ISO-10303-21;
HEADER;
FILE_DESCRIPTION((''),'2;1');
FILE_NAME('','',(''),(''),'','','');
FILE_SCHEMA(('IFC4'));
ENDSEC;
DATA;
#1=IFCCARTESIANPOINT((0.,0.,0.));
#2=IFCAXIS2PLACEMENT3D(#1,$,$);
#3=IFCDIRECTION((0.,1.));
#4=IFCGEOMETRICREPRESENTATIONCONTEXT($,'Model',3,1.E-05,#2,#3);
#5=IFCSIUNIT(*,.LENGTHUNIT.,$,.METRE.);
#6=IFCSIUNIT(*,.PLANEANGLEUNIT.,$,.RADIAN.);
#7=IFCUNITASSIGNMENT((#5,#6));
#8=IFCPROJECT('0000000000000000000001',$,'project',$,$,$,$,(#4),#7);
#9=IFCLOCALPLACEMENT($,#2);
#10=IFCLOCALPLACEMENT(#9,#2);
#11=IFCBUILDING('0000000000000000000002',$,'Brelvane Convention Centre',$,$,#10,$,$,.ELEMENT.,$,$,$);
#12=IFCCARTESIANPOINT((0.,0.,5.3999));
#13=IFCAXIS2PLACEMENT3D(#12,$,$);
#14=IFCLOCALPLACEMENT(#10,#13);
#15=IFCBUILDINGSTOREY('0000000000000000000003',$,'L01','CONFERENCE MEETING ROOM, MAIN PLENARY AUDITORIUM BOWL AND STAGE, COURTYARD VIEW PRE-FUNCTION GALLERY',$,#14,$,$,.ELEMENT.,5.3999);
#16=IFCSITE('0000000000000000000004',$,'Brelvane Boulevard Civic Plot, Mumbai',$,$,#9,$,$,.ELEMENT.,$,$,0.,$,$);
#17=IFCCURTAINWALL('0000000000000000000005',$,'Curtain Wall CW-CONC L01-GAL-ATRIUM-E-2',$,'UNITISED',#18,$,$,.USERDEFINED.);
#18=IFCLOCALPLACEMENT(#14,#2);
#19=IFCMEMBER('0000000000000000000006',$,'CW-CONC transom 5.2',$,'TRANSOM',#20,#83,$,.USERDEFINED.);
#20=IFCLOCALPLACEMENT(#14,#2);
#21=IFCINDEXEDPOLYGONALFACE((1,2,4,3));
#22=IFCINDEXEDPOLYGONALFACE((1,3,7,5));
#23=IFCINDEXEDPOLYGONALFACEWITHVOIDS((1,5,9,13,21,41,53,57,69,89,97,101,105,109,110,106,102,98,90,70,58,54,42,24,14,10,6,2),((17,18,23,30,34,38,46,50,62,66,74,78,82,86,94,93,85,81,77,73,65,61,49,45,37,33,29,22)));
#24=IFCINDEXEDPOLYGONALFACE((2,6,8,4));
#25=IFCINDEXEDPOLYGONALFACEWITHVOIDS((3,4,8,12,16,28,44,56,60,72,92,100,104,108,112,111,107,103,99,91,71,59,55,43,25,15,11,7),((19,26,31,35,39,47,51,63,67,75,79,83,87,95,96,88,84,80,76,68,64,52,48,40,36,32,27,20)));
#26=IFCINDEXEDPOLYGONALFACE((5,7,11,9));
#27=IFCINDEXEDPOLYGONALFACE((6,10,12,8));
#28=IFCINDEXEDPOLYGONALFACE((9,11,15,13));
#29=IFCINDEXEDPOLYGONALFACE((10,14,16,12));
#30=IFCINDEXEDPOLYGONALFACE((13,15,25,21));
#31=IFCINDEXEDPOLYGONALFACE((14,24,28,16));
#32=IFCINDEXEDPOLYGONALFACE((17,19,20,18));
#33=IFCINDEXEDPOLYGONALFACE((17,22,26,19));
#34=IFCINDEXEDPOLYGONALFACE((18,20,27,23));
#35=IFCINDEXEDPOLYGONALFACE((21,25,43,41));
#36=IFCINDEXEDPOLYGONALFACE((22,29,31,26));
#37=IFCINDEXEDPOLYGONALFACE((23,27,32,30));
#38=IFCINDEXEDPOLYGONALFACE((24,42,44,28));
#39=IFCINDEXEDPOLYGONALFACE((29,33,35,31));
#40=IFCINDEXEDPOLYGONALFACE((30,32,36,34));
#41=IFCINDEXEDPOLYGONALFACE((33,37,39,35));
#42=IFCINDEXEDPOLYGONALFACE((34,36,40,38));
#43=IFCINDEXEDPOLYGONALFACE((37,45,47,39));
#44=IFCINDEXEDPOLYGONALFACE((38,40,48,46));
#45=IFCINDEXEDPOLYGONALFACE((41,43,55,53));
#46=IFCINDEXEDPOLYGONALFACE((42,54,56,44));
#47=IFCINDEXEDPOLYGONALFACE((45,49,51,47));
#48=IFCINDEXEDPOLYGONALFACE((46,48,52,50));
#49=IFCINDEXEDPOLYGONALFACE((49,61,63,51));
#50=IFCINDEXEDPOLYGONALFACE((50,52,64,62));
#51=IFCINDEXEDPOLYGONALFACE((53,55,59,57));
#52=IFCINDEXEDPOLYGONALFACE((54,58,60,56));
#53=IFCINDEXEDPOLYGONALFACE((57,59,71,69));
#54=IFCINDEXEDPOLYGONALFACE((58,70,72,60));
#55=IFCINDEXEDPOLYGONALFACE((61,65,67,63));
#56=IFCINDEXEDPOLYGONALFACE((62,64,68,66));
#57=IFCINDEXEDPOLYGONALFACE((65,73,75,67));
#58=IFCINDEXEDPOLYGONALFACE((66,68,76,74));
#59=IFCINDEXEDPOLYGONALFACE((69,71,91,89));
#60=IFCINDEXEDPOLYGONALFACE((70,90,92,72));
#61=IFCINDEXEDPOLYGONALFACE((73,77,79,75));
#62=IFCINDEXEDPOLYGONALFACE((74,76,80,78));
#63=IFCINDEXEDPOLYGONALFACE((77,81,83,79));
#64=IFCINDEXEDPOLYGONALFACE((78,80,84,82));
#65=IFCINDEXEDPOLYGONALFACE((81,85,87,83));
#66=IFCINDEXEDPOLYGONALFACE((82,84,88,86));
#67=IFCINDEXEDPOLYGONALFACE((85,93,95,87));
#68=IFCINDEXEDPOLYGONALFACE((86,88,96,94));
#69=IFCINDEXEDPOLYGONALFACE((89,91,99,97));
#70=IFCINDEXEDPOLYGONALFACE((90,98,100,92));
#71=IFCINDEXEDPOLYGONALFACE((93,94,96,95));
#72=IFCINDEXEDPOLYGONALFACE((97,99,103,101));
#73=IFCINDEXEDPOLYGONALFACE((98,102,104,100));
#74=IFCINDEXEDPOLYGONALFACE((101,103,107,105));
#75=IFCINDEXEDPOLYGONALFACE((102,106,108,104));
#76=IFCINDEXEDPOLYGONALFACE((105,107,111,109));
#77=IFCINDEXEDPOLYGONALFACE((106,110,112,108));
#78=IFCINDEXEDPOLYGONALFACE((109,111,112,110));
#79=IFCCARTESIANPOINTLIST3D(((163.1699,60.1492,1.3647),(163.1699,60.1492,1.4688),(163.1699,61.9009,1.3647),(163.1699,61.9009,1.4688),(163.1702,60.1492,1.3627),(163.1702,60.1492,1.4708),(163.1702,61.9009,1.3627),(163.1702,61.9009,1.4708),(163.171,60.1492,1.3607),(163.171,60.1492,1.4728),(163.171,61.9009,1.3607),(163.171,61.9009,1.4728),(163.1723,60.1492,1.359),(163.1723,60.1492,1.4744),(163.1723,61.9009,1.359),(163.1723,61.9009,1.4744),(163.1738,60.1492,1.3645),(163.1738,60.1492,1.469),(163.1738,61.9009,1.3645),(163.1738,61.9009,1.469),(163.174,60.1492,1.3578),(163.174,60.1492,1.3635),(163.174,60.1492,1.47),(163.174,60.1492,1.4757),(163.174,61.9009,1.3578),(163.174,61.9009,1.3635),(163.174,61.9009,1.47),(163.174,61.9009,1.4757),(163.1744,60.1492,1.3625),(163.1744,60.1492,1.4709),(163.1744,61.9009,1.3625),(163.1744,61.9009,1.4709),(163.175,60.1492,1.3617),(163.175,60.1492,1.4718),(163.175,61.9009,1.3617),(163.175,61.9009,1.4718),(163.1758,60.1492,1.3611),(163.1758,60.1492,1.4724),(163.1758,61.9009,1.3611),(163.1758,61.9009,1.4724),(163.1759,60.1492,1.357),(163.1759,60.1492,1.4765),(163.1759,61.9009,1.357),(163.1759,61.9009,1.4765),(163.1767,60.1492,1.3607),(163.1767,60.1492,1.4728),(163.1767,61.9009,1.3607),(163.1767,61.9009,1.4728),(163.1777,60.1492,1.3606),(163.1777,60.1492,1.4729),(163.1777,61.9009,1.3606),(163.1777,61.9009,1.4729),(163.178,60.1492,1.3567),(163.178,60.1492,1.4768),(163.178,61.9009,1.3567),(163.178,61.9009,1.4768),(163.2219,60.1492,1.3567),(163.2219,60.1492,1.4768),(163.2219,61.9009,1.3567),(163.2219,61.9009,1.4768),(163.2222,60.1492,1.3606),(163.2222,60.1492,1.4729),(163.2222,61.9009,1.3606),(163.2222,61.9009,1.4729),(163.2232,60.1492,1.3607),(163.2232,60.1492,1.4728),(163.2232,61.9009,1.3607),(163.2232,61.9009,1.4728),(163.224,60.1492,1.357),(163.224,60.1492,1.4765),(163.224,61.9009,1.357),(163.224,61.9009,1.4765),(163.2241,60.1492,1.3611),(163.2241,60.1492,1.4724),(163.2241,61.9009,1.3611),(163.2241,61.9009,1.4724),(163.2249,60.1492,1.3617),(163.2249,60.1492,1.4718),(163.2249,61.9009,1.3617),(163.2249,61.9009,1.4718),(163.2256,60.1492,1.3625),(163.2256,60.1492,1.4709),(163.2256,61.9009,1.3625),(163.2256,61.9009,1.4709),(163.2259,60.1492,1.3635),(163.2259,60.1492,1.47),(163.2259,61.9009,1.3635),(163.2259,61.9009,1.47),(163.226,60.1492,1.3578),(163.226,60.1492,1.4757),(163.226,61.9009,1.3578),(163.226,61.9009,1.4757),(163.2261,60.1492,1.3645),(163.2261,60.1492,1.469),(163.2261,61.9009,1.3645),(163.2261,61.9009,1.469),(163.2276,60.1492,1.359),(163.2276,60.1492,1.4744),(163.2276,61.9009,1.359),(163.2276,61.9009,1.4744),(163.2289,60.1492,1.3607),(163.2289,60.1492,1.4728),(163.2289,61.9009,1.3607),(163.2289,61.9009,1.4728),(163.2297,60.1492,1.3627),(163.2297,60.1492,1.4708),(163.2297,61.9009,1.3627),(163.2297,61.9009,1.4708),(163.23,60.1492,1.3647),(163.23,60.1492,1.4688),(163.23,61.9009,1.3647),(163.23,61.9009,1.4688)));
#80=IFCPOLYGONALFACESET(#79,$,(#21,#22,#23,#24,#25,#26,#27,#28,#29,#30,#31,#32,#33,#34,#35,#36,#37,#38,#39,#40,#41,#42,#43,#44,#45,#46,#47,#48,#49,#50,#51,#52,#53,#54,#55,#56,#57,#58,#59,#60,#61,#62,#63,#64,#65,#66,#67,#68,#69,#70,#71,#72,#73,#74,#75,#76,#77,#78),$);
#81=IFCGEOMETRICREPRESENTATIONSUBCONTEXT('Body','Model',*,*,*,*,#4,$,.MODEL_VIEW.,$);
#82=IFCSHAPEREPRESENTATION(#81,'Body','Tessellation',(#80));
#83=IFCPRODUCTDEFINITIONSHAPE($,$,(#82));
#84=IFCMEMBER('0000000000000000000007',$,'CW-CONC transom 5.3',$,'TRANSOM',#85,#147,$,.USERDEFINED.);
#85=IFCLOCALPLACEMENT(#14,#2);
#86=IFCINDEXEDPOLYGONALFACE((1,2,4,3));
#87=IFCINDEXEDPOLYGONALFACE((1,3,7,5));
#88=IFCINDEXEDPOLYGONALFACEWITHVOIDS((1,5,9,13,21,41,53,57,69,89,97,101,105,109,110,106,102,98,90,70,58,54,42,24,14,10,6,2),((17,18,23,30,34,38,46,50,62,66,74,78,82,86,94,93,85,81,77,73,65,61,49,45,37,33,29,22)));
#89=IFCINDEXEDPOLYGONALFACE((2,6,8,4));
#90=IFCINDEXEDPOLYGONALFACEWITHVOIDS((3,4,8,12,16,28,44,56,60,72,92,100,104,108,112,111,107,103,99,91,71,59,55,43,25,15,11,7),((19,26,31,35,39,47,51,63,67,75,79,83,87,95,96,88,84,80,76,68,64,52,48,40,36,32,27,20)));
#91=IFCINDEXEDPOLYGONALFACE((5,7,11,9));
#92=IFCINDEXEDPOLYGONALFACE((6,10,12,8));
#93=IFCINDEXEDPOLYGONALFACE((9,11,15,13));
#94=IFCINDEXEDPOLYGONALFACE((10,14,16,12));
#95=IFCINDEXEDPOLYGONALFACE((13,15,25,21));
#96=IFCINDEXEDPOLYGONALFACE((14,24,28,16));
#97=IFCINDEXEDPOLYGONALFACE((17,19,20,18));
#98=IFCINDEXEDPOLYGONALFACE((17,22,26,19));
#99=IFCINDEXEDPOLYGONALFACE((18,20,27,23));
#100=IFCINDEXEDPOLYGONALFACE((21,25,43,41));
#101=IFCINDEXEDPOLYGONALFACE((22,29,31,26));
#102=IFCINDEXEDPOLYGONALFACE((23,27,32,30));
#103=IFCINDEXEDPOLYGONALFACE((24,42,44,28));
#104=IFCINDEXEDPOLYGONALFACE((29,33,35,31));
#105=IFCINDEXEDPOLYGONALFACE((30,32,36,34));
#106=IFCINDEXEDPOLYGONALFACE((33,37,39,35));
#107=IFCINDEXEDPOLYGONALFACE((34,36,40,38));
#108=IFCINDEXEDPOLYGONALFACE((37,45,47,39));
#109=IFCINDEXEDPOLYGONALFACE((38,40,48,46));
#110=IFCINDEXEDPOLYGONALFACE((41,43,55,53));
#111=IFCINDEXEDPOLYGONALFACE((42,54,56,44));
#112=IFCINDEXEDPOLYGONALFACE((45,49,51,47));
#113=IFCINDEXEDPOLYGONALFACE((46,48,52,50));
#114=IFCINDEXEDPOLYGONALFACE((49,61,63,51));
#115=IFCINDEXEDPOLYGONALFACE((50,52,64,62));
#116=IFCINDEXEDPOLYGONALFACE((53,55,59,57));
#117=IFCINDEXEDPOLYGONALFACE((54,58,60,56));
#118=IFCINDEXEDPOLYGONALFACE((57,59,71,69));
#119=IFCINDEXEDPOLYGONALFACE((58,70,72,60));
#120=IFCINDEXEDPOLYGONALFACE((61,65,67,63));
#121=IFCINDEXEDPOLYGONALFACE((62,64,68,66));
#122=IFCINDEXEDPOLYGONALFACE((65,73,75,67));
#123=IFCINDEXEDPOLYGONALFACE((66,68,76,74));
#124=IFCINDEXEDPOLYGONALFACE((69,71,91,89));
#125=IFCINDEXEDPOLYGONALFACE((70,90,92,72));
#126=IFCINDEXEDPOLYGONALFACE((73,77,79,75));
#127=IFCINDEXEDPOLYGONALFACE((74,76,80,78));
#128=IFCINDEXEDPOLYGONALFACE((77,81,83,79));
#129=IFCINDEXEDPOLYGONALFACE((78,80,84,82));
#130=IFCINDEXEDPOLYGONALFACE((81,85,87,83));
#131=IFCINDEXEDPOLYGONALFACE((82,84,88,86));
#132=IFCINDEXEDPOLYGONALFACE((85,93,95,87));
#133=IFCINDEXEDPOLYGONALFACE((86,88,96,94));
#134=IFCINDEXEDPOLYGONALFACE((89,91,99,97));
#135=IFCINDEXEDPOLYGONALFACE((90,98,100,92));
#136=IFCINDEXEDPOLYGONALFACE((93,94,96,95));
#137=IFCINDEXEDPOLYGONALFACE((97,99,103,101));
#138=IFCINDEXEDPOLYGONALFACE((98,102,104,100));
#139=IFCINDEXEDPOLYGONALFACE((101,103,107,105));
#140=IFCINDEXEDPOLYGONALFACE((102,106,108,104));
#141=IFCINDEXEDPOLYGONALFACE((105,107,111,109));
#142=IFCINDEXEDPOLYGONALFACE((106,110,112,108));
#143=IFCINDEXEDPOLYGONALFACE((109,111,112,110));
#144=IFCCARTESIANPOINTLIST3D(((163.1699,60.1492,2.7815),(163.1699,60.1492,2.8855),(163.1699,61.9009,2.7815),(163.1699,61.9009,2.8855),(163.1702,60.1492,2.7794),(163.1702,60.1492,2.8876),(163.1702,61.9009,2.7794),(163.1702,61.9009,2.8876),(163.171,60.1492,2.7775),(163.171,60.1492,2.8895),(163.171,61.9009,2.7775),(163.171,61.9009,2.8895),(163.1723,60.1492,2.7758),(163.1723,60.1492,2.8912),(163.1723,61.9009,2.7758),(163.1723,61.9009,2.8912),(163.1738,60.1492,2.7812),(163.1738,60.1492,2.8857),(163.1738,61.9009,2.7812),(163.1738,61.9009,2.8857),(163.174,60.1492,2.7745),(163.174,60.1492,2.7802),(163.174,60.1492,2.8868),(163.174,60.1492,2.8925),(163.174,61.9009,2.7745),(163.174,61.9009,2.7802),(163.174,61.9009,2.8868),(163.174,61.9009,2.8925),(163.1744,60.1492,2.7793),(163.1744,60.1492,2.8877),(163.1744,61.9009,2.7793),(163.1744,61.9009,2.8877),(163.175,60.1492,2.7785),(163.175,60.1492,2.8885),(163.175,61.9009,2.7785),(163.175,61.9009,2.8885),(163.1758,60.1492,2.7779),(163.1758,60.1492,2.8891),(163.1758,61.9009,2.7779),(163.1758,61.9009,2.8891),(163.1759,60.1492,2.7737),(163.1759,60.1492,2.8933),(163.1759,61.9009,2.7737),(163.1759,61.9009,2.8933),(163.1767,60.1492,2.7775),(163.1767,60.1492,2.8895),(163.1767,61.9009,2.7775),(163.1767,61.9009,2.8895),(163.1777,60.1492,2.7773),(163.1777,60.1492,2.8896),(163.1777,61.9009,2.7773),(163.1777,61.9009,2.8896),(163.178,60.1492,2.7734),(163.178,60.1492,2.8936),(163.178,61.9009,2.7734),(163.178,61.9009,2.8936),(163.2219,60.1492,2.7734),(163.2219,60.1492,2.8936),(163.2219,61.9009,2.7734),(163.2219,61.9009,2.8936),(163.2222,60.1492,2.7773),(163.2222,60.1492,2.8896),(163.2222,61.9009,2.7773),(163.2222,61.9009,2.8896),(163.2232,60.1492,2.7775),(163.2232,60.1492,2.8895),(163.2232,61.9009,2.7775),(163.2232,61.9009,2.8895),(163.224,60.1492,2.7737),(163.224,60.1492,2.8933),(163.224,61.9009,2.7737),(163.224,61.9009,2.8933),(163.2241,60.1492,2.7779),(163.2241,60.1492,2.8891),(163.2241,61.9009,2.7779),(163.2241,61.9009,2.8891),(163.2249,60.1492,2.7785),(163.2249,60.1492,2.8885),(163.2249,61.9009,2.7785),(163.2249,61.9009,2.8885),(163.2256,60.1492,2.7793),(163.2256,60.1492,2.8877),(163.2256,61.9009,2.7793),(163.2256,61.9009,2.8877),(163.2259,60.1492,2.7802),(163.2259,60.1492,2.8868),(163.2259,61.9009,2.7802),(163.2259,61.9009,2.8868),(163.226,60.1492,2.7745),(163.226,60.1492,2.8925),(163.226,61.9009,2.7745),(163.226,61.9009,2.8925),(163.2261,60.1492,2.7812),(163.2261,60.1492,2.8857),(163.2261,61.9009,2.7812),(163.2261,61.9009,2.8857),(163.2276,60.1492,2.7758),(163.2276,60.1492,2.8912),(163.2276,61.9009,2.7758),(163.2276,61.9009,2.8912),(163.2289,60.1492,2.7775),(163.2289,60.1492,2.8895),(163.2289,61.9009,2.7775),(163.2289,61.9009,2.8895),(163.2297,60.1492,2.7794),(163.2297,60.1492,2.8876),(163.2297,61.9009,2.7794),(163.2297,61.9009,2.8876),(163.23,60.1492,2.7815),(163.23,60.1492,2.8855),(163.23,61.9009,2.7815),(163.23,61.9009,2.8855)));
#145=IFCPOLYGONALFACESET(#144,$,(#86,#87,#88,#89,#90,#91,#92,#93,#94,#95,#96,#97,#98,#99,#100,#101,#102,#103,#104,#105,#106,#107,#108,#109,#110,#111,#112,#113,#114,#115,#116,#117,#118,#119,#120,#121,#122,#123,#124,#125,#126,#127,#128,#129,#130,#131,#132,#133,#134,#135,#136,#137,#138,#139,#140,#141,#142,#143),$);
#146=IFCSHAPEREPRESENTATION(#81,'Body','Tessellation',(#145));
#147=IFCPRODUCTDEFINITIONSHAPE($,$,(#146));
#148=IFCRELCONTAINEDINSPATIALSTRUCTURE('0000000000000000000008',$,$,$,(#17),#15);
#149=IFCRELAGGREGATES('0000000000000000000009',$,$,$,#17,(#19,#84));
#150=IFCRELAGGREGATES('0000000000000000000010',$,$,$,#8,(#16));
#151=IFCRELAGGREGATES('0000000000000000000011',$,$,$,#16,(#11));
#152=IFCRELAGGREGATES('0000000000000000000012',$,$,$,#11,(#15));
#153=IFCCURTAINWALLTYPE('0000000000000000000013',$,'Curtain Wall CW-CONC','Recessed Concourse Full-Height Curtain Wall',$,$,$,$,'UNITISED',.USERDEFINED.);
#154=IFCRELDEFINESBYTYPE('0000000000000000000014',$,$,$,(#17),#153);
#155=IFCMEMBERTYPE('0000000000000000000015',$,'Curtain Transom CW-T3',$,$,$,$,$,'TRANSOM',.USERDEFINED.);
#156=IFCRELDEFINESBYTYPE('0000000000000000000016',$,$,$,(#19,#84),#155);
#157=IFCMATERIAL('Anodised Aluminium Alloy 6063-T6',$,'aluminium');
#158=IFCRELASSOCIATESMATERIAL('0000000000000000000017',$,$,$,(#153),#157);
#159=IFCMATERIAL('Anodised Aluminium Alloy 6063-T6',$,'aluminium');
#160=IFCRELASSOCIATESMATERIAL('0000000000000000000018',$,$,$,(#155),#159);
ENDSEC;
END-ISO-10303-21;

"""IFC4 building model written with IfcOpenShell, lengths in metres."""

from ifc_helpers import new_model, si_unit, direction, frame, origin, origin_2d, place, context, subcontext, project, spatial, hollow_rectangle, extrude, material, material_profile, profile_set, type_object, element, aggregate, save


model = new_model("IFC4")

# Units and contexts
model_context = context("Model", 3, precision=1e-05, world=origin(), true_north=direction((0.0, 1.0)))
body_context = subcontext(model_context, "Body", "Model", "MODEL_VIEW")
ifc_project = project(units=[si_unit("LENGTHUNIT", "METRE"), si_unit("PLANEANGLEUNIT", "RADIAN")], contexts=[model_context])

# Site, building, storey
site_placement = place(None, origin())
site = spatial("IfcSite", under=ifc_project, at=site_placement, Name="Brelvane Boulevard Civic Plot, Mumbai", CompositionType="ELEMENT", RefElevation=0.0)
building_placement = place(site_placement, origin())
building = spatial("IfcBuilding", under=site, at=building_placement, Name="Brelvane Convention Centre", CompositionType="ELEMENT")
storey_placement = place(building_placement, frame((0.0, 0.0, 5.3999)))
storey = spatial("IfcBuildingStorey", under=building, at=storey_placement, Name="L01", Description="CONFERENCE MEETING ROOM, MAIN PLENARY AUDITORIUM BOWL AND STAGE, COURTYARD VIEW PRE-FUNCTION GALLERY", CompositionType="ELEMENT", Elevation=5.3999)

# Curtain wall
ifc_material_1 = material(Name="Anodised Aluminium Alloy 6063-T6", Category="aluminium")
curtain_wall_type = type_object("IfcCurtainWallType", Name="Curtain Wall CW-CONC", Description="Recessed Concourse Full-Height Curtain Wall", ElementType="UNITISED", PredefinedType="USERDEFINED", material=ifc_material_1)
curtain_wall_1_placement = place(storey_placement, origin())
curtain_wall_1 = element("IfcCurtainWall", 1, at=curtain_wall_1_placement, inside=storey, type_object=curtain_wall_type, Name="Curtain Wall CW-CONC L01-GAL-ATRIUM-E-2", ObjectType="UNITISED", PredefinedType="USERDEFINED")

# Members
ifc_material_2 = material(Name="Anodised Aluminium Alloy 6063-T6", Category="aluminium")
ifc_material_profile_1 = material_profile(ifc_material_2, hollow_rectangle(XDim=0.0601, YDim=0.1201, WallThickness=0.0039, InnerFilletRadius=0.0039, OuterFilletRadius=0.0081, at=origin_2d()), Name="ALU-T 120x60x4.0")
ifc_profile_set_1 = profile_set([ifc_material_profile_1], Name="Anodised Aluminium Alloy 6063-T6")
member_type_1 = type_object("IfcMemberType", Name="Curtain Transom CW-T3", ElementType="TRANSOM", PredefinedType="USERDEFINED", material=ifc_profile_set_1)
member_1_placement = place(storey_placement, frame((163.2, 60.1492, 1.4167), z_axis=(0.0, 1.0, 0.0), x_axis=(-1.0, 0.0, 0.0)))
member_1 = element("IfcMember", 2, at=member_1_placement, type_object=member_type_1, Name="CW-CONC transom 5.2", ObjectType="TRANSOM", PredefinedType="USERDEFINED", context=body_context, shape_type="SweptSolid", body=[
    extrude(hollow_rectangle(XDim=0.0601, YDim=0.1201, WallThickness=0.0039, InnerFilletRadius=0.0039, OuterFilletRadius=0.0081, at=origin_2d()), origin(), (0.0, 0.0, 1.0), 1.7517),
])
member_2_placement = place(storey_placement, frame((163.2, 60.1492, 2.8335), z_axis=(0.0, 1.0, 0.0), x_axis=(-1.0, 0.0, 0.0)))
member_2 = element("IfcMember", 3, at=member_2_placement, type_object=member_type_1, Name="CW-CONC transom 5.3", ObjectType="TRANSOM", PredefinedType="USERDEFINED", context=body_context, shape_type="SweptSolid", body=[
    extrude(hollow_rectangle(XDim=0.0601, YDim=0.1201, WallThickness=0.0039, InnerFilletRadius=0.0039, OuterFilletRadius=0.0081, at=origin_2d()), origin(), (0.0, 0.0, 1.0), 1.7517),
])

aggregate(curtain_wall_1, [member_1, member_2])

save(model, "model.ifc")
